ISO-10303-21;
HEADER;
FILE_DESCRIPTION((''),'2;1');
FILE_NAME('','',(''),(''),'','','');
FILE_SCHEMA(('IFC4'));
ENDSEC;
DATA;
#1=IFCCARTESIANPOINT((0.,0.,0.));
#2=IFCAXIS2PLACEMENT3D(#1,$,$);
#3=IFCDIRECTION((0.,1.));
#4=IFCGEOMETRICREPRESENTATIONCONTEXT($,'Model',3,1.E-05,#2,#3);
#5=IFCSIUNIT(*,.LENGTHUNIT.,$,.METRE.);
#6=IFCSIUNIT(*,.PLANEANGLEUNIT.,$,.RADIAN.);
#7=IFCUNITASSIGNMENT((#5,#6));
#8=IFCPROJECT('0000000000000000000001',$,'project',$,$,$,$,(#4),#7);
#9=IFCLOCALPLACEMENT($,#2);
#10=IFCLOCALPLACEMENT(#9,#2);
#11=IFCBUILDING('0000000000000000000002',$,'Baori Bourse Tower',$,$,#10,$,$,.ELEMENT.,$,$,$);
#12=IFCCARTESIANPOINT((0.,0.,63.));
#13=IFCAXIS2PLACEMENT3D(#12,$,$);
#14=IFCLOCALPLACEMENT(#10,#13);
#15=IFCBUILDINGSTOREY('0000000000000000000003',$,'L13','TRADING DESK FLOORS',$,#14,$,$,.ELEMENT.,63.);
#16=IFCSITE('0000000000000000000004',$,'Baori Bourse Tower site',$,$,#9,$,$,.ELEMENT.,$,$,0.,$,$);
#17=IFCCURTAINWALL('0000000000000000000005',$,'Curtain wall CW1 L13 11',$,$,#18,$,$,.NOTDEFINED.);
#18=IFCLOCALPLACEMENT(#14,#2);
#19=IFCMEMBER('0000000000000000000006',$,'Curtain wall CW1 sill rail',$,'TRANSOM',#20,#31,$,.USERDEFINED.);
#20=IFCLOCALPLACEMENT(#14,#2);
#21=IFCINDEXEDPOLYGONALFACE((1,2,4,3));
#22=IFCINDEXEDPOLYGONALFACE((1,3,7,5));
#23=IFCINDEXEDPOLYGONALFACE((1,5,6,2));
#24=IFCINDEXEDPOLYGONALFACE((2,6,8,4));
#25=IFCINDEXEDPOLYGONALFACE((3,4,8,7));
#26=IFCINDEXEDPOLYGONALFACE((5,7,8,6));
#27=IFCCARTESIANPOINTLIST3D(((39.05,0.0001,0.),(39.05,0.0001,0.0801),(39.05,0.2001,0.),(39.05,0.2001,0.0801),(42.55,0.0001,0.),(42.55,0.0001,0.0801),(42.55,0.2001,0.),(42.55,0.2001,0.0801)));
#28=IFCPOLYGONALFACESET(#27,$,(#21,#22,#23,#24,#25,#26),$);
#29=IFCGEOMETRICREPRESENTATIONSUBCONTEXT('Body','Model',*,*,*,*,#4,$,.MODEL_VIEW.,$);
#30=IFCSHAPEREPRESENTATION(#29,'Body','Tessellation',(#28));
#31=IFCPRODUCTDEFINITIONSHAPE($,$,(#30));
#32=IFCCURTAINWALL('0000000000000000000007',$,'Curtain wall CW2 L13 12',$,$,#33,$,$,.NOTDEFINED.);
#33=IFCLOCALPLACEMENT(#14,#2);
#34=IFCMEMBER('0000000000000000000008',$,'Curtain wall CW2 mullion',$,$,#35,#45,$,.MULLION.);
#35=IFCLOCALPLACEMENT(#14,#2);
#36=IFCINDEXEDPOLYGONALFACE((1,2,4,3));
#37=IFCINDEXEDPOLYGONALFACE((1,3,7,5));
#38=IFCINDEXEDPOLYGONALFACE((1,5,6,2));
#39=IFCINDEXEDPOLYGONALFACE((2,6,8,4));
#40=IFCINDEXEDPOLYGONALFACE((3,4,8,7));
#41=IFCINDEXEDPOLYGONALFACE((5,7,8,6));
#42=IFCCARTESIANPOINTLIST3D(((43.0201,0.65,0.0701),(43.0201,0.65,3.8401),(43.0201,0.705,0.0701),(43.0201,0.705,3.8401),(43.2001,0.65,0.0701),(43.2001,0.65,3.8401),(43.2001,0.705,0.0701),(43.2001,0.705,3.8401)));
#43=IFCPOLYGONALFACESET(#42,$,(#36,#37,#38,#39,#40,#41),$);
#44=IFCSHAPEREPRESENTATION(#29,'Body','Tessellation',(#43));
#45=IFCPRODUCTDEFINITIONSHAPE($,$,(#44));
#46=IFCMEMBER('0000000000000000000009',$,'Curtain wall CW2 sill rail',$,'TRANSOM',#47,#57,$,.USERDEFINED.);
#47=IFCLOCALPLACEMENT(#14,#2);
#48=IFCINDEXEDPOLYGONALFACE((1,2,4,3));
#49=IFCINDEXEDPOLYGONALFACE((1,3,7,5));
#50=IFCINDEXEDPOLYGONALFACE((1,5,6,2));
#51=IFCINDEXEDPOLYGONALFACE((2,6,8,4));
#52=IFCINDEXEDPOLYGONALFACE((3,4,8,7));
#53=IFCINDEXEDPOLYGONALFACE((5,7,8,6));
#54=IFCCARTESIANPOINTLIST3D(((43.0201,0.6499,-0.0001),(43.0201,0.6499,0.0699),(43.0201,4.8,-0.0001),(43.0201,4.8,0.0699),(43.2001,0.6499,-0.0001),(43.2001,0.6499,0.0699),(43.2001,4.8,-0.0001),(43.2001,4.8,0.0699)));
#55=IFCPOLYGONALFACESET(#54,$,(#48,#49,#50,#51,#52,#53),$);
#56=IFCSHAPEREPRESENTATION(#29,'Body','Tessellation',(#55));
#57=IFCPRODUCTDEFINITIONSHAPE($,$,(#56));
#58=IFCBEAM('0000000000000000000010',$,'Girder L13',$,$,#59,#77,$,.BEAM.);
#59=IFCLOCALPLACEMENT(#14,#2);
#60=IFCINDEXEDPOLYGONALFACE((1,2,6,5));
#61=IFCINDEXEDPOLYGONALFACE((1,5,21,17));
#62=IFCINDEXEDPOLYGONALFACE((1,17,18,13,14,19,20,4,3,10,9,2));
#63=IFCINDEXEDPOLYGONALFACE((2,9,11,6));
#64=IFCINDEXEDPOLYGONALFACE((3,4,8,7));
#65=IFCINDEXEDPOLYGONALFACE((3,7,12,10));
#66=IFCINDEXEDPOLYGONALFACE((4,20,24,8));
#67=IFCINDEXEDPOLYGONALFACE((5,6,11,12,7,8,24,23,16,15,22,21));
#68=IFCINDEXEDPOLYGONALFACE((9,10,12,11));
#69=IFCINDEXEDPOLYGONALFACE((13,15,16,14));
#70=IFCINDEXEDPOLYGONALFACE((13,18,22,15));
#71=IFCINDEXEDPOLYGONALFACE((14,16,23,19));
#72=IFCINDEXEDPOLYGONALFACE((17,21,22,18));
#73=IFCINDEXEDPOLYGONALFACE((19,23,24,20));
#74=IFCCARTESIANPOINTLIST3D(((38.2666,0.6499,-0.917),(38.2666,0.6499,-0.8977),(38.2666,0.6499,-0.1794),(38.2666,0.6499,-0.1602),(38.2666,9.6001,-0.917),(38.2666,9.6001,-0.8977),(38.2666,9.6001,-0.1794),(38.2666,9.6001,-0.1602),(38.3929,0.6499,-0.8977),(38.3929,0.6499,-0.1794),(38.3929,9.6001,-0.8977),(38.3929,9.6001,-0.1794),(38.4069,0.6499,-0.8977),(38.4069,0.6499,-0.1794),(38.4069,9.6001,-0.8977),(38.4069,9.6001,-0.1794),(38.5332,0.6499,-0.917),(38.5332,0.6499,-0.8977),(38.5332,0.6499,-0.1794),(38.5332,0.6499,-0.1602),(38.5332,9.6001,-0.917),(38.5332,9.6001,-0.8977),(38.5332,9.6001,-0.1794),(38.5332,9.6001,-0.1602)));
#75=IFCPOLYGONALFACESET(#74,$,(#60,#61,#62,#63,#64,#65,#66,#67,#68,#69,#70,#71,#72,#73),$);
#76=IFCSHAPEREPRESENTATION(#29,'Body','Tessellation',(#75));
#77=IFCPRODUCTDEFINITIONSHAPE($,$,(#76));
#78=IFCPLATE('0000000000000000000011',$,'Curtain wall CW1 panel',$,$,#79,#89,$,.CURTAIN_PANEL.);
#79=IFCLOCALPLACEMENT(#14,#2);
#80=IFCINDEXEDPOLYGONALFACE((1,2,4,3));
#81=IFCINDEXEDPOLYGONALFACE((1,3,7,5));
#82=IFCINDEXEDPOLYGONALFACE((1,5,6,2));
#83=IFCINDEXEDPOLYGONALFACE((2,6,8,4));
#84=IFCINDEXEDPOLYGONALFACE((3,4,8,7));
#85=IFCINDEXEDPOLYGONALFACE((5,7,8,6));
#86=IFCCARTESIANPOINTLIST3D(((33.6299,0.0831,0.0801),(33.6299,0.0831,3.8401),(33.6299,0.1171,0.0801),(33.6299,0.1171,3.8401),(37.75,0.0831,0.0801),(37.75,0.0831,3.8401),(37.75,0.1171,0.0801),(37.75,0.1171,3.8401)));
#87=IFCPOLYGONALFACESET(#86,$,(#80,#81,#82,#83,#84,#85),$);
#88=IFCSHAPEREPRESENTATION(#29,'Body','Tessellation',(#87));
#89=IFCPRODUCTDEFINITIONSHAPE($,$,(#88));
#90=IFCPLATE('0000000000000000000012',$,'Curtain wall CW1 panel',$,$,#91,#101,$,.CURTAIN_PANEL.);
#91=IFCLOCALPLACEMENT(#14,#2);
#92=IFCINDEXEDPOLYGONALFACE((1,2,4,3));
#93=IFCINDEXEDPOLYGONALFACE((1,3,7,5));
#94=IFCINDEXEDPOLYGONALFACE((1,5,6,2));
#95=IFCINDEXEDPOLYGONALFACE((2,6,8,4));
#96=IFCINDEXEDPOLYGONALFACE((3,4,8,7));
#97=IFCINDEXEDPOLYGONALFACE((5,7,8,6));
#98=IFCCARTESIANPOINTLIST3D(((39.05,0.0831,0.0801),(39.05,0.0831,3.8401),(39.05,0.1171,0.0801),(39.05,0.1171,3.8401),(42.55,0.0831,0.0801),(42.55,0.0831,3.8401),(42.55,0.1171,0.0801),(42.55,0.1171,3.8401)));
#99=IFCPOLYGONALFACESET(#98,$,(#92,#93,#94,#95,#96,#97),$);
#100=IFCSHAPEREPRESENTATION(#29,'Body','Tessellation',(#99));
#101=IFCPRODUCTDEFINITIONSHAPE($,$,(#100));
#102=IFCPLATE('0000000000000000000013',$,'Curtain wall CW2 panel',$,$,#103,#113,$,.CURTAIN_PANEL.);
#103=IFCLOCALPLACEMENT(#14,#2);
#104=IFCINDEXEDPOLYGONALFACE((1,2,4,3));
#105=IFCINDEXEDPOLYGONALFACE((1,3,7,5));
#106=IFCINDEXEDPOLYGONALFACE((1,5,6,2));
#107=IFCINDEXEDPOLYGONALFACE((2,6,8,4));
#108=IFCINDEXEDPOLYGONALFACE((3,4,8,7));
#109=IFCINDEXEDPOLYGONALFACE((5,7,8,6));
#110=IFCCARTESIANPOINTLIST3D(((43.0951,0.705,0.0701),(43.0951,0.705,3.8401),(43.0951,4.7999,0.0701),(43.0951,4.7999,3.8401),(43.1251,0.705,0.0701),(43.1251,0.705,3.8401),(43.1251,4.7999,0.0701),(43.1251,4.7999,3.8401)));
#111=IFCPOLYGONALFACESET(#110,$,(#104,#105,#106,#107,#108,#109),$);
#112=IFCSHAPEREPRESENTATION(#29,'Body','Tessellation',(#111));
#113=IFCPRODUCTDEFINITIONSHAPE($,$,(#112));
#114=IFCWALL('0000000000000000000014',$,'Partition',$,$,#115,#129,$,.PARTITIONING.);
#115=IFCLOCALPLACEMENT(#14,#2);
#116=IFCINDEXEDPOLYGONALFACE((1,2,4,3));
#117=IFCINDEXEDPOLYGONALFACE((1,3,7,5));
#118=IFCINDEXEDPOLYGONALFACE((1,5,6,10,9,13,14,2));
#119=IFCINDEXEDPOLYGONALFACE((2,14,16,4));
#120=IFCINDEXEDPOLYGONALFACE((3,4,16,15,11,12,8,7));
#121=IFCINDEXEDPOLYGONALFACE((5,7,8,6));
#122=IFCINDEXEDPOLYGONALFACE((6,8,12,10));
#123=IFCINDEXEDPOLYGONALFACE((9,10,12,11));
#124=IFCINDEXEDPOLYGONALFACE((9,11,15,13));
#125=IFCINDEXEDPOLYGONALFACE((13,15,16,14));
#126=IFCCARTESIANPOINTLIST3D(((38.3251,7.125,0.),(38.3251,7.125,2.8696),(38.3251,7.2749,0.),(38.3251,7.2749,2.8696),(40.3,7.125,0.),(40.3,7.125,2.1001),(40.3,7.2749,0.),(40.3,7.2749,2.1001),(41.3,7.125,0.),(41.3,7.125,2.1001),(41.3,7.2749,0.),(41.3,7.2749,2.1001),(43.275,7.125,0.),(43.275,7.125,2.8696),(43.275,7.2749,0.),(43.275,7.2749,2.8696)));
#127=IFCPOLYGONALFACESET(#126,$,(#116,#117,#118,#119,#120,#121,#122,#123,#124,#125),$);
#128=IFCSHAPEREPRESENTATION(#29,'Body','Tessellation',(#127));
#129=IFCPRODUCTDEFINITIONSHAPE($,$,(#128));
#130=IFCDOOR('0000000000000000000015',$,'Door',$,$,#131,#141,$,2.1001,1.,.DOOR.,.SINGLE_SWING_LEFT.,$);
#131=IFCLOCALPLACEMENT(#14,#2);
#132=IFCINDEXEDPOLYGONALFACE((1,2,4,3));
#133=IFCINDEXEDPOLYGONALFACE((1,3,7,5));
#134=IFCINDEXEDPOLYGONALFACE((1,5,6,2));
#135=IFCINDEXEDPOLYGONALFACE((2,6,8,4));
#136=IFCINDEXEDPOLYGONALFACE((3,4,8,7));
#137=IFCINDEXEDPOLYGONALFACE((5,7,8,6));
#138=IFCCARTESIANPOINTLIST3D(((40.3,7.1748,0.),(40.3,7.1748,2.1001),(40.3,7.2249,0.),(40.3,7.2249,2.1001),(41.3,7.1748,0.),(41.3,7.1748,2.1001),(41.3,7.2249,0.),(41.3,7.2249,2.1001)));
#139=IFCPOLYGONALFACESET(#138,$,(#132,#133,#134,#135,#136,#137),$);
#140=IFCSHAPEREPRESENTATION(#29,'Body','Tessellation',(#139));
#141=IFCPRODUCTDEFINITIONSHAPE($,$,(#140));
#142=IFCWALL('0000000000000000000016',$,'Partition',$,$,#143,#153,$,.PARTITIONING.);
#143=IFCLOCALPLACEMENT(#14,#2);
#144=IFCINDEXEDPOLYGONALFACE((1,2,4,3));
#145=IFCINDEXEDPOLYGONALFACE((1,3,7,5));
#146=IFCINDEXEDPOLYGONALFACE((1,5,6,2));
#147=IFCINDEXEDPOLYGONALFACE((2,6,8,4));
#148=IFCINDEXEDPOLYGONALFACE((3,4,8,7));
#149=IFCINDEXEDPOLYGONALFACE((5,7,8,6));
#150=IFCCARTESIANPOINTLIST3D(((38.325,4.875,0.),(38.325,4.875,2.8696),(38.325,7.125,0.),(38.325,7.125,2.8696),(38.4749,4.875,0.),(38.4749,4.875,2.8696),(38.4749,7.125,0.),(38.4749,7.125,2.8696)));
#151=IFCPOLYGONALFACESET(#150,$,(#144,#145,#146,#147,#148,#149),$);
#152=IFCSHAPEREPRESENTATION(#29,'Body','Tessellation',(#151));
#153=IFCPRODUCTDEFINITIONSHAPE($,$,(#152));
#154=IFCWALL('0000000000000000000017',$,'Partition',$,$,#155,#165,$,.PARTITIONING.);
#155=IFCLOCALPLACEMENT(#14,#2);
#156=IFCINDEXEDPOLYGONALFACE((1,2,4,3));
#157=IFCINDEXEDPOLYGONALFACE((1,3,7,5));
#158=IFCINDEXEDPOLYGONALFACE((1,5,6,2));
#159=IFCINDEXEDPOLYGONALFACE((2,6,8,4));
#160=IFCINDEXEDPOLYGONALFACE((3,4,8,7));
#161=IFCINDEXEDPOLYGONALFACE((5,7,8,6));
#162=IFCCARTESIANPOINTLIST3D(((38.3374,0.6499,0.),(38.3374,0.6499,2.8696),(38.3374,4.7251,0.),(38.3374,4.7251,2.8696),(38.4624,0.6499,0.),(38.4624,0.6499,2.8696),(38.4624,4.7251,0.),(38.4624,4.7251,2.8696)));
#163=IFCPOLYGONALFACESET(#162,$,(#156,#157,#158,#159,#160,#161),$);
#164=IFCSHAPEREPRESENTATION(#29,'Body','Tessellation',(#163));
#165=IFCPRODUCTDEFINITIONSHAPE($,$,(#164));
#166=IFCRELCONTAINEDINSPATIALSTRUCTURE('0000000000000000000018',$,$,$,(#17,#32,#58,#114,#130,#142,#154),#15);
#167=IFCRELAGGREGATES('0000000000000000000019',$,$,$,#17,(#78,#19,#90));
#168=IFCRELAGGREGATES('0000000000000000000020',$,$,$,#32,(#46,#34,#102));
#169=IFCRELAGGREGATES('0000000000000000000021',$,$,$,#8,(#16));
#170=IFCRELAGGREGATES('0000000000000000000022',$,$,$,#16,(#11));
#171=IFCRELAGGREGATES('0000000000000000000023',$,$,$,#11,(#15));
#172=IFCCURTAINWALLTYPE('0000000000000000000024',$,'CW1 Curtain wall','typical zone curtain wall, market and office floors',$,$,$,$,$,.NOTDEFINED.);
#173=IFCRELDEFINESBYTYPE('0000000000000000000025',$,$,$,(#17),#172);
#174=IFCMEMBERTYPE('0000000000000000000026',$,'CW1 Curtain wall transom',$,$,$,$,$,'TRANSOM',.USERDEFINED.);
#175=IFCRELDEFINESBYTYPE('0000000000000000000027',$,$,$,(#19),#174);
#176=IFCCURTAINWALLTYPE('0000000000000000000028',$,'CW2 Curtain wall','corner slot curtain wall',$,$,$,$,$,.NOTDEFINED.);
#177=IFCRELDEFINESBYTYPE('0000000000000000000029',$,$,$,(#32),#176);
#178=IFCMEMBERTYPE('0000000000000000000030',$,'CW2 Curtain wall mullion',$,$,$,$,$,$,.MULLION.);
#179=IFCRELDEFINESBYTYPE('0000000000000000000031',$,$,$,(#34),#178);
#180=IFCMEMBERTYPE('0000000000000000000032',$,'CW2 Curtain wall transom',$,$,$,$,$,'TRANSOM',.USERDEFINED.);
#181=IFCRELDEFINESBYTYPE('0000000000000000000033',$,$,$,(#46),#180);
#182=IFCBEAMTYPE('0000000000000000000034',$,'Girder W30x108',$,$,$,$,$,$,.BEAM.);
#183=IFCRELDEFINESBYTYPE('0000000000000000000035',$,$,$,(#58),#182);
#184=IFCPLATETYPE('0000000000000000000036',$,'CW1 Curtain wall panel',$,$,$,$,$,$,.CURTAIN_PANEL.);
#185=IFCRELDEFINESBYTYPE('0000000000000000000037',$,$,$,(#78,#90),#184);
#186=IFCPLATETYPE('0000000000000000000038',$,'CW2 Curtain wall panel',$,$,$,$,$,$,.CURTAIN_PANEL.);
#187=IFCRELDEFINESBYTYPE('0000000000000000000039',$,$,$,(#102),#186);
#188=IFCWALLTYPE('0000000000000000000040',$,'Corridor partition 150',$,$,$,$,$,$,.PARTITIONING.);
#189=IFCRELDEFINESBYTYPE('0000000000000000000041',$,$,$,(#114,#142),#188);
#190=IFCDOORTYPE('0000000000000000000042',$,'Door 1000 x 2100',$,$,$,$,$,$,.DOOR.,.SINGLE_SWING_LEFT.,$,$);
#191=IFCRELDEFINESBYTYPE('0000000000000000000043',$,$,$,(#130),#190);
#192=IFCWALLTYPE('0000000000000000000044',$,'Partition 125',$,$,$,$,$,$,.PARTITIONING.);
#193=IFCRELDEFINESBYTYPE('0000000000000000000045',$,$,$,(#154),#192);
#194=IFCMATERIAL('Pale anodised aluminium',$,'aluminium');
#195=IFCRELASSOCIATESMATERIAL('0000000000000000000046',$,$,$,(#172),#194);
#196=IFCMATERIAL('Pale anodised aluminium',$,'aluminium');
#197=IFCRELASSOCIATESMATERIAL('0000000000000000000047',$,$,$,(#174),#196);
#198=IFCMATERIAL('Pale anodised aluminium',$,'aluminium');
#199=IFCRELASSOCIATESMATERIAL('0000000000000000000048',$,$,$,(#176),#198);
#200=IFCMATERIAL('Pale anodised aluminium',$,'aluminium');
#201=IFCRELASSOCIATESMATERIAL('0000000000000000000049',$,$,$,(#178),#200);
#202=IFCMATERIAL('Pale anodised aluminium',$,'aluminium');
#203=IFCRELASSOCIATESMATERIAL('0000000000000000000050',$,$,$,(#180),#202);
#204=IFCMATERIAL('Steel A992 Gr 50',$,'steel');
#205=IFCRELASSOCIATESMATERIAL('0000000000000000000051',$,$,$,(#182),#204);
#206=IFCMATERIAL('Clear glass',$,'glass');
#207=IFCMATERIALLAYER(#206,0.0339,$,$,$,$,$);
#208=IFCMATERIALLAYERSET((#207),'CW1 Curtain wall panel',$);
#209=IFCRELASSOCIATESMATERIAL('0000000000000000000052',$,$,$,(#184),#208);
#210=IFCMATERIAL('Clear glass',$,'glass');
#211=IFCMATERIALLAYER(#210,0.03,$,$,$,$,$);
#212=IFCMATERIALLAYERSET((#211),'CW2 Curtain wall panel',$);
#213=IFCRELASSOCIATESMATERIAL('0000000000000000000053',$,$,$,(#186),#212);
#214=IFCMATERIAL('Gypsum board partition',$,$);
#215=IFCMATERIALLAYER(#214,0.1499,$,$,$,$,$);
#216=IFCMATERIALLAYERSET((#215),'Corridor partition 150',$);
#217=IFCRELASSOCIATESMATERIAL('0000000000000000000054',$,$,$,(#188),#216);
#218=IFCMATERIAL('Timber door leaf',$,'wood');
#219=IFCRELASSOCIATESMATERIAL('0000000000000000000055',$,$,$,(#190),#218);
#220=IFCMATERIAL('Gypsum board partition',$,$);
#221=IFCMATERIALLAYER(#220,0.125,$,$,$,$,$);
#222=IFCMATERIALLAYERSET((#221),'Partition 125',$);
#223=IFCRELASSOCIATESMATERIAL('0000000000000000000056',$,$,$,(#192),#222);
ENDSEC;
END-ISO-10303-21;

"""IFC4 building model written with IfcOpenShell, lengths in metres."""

from ifc_helpers import new_model, si_unit, direction, frame, frame_2d, origin, origin_2d, place, context, subcontext, project, spatial, rectangle, i_section, extrude, material, layer, layer_set, material_profile, profile_set, type_object, element, fill, aggregate, save


model = new_model("IFC4")

# Units and contexts
model_context = context("Model", 3, precision=1e-05, world=origin(), true_north=direction((0.0, 1.0)))
body_context = subcontext(model_context, "Body", "Model", "MODEL_VIEW")
ifc_project = project(units=[si_unit("LENGTHUNIT", "METRE"), si_unit("PLANEANGLEUNIT", "RADIAN")], contexts=[model_context])

# Site, building, storey
site_placement = place(None, origin())
site = spatial("IfcSite", under=ifc_project, at=site_placement, Name="Baori Bourse Tower site", CompositionType="ELEMENT", RefElevation=0.0)
building_placement = place(site_placement, origin())
building = spatial("IfcBuilding", under=site, at=building_placement, Name="Baori Bourse Tower", CompositionType="ELEMENT")
storey_placement = place(building_placement, frame((0.0, 0.0, 63.0)))
storey = spatial("IfcBuildingStorey", under=building, at=storey_placement, Name="L13", Description="TRADING DESK FLOORS", CompositionType="ELEMENT", Elevation=63.0)

# Curtain wall, member
ifc_material_1 = material(Name="Pale anodised aluminium", Category="aluminium")
curtain_wall_type_1 = type_object("IfcCurtainWallType", Name="CW1 Curtain wall", Description="typical zone curtain wall, market and office floors", PredefinedType="NOTDEFINED", material=ifc_material_1)
curtain_wall_1_placement = place(storey_placement, origin())
curtain_wall_1 = element("IfcCurtainWall", 1, at=curtain_wall_1_placement, inside=storey, type_object=curtain_wall_type_1, Name="Curtain wall CW1 L13 11", PredefinedType="NOTDEFINED")
ifc_material_2 = material(Name="Pale anodised aluminium", Category="aluminium")
ifc_material_profile_1 = material_profile(ifc_material_2, rectangle(XDim=0.2, YDim=0.0801, at=origin_2d()), Name="Transom 80x200")
ifc_profile_set_1 = profile_set([ifc_material_profile_1], Name="Pale anodised aluminium")
member_type_1 = type_object("IfcMemberType", Name="CW1 Curtain wall transom", ElementType="TRANSOM", PredefinedType="USERDEFINED", material=ifc_profile_set_1)
member_1_placement = place(storey_placement, frame((39.05, 0.1001, 0.04), z_axis=(1.0, 0.0, 0.0), x_axis=(0.0, 1.0, 0.0)))
member_1 = element("IfcMember", 2, at=member_1_placement, type_object=member_type_1, Name="Curtain wall CW1 sill rail", ObjectType="TRANSOM", PredefinedType="USERDEFINED", context=body_context, shape_type="SweptSolid", body=[
    extrude(rectangle(XDim=0.2, YDim=0.0801, at=origin_2d()), origin(), (0.0, 0.0, 1.0), 3.5),
])

# Curtain wall, members
ifc_material_3 = material(Name="Pale anodised aluminium", Category="aluminium")
curtain_wall_type_2 = type_object("IfcCurtainWallType", Name="CW2 Curtain wall", Description="corner slot curtain wall", PredefinedType="NOTDEFINED", material=ifc_material_3)
curtain_wall_2_placement = place(storey_placement, origin())
curtain_wall_2 = element("IfcCurtainWall", 3, at=curtain_wall_2_placement, inside=storey, type_object=curtain_wall_type_2, Name="Curtain wall CW2 L13 12", PredefinedType="NOTDEFINED")
ifc_material_4 = material(Name="Pale anodised aluminium", Category="aluminium")
ifc_material_profile_2 = material_profile(ifc_material_4, rectangle(XDim=0.1799, YDim=0.0549, at=origin_2d()), Name="Mullion 55x180")
ifc_profile_set_2 = profile_set([ifc_material_profile_2], Name="Pale anodised aluminium")
member_type_2 = type_object("IfcMemberType", Name="CW2 Curtain wall mullion", PredefinedType="MULLION", material=ifc_profile_set_2)
member_2_placement = place(storey_placement, frame((43.1101, 0.6775, 0.0701), z_axis=(0.0, 0.0, 1.0), x_axis=(-1.0, 0.0, 0.0)))
member_2 = element("IfcMember", 4, at=member_2_placement, type_object=member_type_2, Name="Curtain wall CW2 mullion", PredefinedType="MULLION", context=body_context, shape_type="SweptSolid", body=[
    extrude(rectangle(XDim=0.1799, YDim=0.0549, at=origin_2d()), origin(), (0.0, 0.0, 1.0), 3.77),
])
ifc_material_5 = material(Name="Pale anodised aluminium", Category="aluminium")
ifc_material_profile_3 = material_profile(ifc_material_5, rectangle(XDim=0.1799, YDim=0.0701, at=origin_2d()), Name="Transom 70x180")
ifc_profile_set_3 = profile_set([ifc_material_profile_3], Name="Pale anodised aluminium")
member_type_3 = type_object("IfcMemberType", Name="CW2 Curtain wall transom", ElementType="TRANSOM", PredefinedType="USERDEFINED", material=ifc_profile_set_3)
member_3_placement = place(storey_placement, frame((43.1101, 0.6499, 0.0349), z_axis=(0.0, 1.0, 0.0), x_axis=(-1.0, 0.0, 0.0)))
member_3 = element("IfcMember", 5, at=member_3_placement, type_object=member_type_3, Name="Curtain wall CW2 sill rail", ObjectType="TRANSOM", PredefinedType="USERDEFINED", context=body_context, shape_type="SweptSolid", body=[
    extrude(rectangle(XDim=0.1799, YDim=0.0701, at=origin_2d()), origin(), (0.0, 0.0, 1.0), 4.1501),
])

# Beam
ifc_material_6 = material(Name="Steel A992 Gr 50", Category="steel")
ifc_material_profile_4 = material_profile(ifc_material_6, i_section(OverallWidth=0.2666, OverallDepth=0.7568, WebThickness=0.0139, FlangeThickness=0.0193, at=origin_2d()), Name="W30x108")
ifc_profile_set_4 = profile_set([ifc_material_profile_4], Name="Steel A992 Gr 50")
beam_type = type_object("IfcBeamType", Name="Girder W30x108", PredefinedType="BEAM", material=ifc_profile_set_4)
beam_placement = place(storey_placement, frame((38.3999, 0.6499, -0.5386), z_axis=(0.0, 1.0, 0.0), x_axis=(-1.0, 0.0, 0.0)))
element("IfcBeam", 6, at=beam_placement, inside=storey, type_object=beam_type, Name="Girder L13", PredefinedType="BEAM", context=body_context, shape_type="SweptSolid", body=[
    extrude(i_section(OverallWidth=0.2666, OverallDepth=0.7568, WebThickness=0.0139, FlangeThickness=0.0193, at=origin_2d()), origin(), (0.0, 0.0, 1.0), 8.9502),
])

# Plates
ifc_material_7 = material(Name="Clear glass", Category="glass")
ifc_layer_1 = layer(ifc_material_7, 0.0339)
ifc_layer_set_1 = layer_set([ifc_layer_1], Name="CW1 Curtain wall panel")
plate_type_1 = type_object("IfcPlateType", Name="CW1 Curtain wall panel", PredefinedType="CURTAIN_PANEL", material=ifc_layer_set_1)
plate_1_placement = place(storey_placement, frame((35.6899, 0.1001, 0.0801), z_axis=(0.0, 0.0, 1.0), x_axis=(1.0, 0.0, 0.0)))
plate_1 = element("IfcPlate", 7, at=plate_1_placement, type_object=plate_type_1, Name="Curtain wall CW1 panel", PredefinedType="CURTAIN_PANEL", context=body_context, shape_type="SweptSolid", body=[
    extrude(rectangle(XDim=4.1201, YDim=0.0339, at=origin_2d()), origin(), (0.0, 0.0, 1.0), 3.76),
])
plate_2_placement = place(storey_placement, frame((40.8, 0.1001, 0.0801), z_axis=(0.0, 0.0, 1.0), x_axis=(1.0, 0.0, 0.0)))
plate_2 = element("IfcPlate", 8, at=plate_2_placement, type_object=plate_type_1, Name="Curtain wall CW1 panel", PredefinedType="CURTAIN_PANEL", context=body_context, shape_type="SweptSolid", body=[
    extrude(rectangle(XDim=3.5, YDim=0.0339, at=origin_2d()), origin(), (0.0, 0.0, 1.0), 3.76),
])
aggregate(curtain_wall_1, [plate_1, member_1, plate_2])
ifc_material_8 = material(Name="Clear glass", Category="glass")
ifc_layer_2 = layer(ifc_material_8, 0.03)
ifc_layer_set_2 = layer_set([ifc_layer_2], Name="CW2 Curtain wall panel")
plate_type_2 = type_object("IfcPlateType", Name="CW2 Curtain wall panel", PredefinedType="CURTAIN_PANEL", material=ifc_layer_set_2)
plate_3_placement = place(storey_placement, frame((43.1101, 2.7524, 0.0701), z_axis=(0.0, 0.0, 1.0), x_axis=(0.0, 1.0, 0.0)))
plate_3 = element("IfcPlate", 9, at=plate_3_placement, type_object=plate_type_2, Name="Curtain wall CW2 panel", PredefinedType="CURTAIN_PANEL", context=body_context, shape_type="SweptSolid", body=[
    extrude(rectangle(XDim=4.095, YDim=0.03, at=origin_2d()), origin(), (0.0, 0.0, 1.0), 3.77),
])
aggregate(curtain_wall_2, [member_3, member_2, plate_3])

# Wall, opening, door
ifc_material_9 = material(Name="Gypsum board partition")
ifc_layer_3 = layer(ifc_material_9, 0.1499)
ifc_layer_set_3 = layer_set([ifc_layer_3], Name="Corridor partition 150")
wall_type_1 = type_object("IfcWallType", Name="Corridor partition 150", PredefinedType="PARTITIONING", material=ifc_layer_set_3)
wall_1_placement = place(storey_placement, frame((38.325, 7.2, 0.0), z_axis=(0.0, 0.0, 1.0), x_axis=(1.0, 0.0, 0.0)))
wall_1 = element("IfcWall", 10, at=wall_1_placement, inside=storey, type_object=wall_type_1, Name="Partition", PredefinedType="PARTITIONING", context=body_context, shape_type="SweptSolid", body=[
    extrude(rectangle(XDim=4.95, YDim=0.1499, at=frame_2d((2.4751, 0.0))), origin(), (0.0, 0.0, 1.0), 2.8696),
])
opening_placement = place(wall_1_placement, frame((1.9751, 0.0, 0.0)))
opening = element("IfcOpeningElement", 11, at=opening_placement, cuts=wall_1, PredefinedType="OPENING", context=body_context, shape_type="SweptSolid", body=[
    extrude(rectangle(XDim=1.0, YDim=2.1001, at=frame_2d((0.5, 1.05))), frame((0.0, 0.085, 0.0), z_axis=(0.0, -1.0, 0.0), x_axis=(1.0, 0.0, 0.0)), (0.0, 0.0, 1.0), 0.1699),
])
ifc_material_10 = material(Name="Timber door leaf", Category="wood")
door_type = type_object("IfcDoorType", Name="Door 1000 x 2100", OperationType="SINGLE_SWING_LEFT", PredefinedType="DOOR", material=ifc_material_10)
door_placement = place(opening_placement, origin())
door = element("IfcDoor", 12, at=door_placement, inside=storey, type_object=door_type, Name="Door", OperationType="SINGLE_SWING_LEFT", OverallHeight=2.1001, OverallWidth=1.0, PredefinedType="DOOR", context=body_context, shape_type="SweptSolid", body=[
    extrude(rectangle(XDim=1.0, YDim=2.1001, at=frame_2d((0.5, 1.05))), frame((0.0, 0.0249, 0.0), z_axis=(0.0, -1.0, 0.0), x_axis=(1.0, 0.0, 0.0)), (0.0, 0.0, 1.0), 0.05),
])
fill(opening, door)

# Walls
wall_2_placement = place(storey_placement, frame((38.3999, 4.875, 0.0), z_axis=(0.0, 0.0, 1.0), x_axis=(0.0, 1.0, 0.0)))
element("IfcWall", 13, at=wall_2_placement, inside=storey, type_object=wall_type_1, Name="Partition", PredefinedType="PARTITIONING", context=body_context, shape_type="SweptSolid", body=[
    extrude(rectangle(XDim=2.25, YDim=0.1499, at=frame_2d((1.125, 0.0))), origin(), (0.0, 0.0, 1.0), 2.8696),
])
ifc_material_11 = material(Name="Gypsum board partition")
ifc_layer_4 = layer(ifc_material_11, 0.125)
ifc_layer_set_4 = layer_set([ifc_layer_4], Name="Partition 125")
wall_type_2 = type_object("IfcWallType", Name="Partition 125", PredefinedType="PARTITIONING", material=ifc_layer_set_4)
wall_3_placement = place(storey_placement, frame((38.3999, 0.6499, 0.0), z_axis=(0.0, 0.0, 1.0), x_axis=(0.0, 1.0, 0.0)))
element("IfcWall", 14, at=wall_3_placement, inside=storey, type_object=wall_type_2, Name="Partition", PredefinedType="PARTITIONING", context=body_context, shape_type="SweptSolid", body=[
    extrude(rectangle(XDim=4.0752, YDim=0.125, at=frame_2d((2.0376, 0.0))), origin(), (0.0, 0.0, 1.0), 2.8696),
])

save(model, "model.ifc")
